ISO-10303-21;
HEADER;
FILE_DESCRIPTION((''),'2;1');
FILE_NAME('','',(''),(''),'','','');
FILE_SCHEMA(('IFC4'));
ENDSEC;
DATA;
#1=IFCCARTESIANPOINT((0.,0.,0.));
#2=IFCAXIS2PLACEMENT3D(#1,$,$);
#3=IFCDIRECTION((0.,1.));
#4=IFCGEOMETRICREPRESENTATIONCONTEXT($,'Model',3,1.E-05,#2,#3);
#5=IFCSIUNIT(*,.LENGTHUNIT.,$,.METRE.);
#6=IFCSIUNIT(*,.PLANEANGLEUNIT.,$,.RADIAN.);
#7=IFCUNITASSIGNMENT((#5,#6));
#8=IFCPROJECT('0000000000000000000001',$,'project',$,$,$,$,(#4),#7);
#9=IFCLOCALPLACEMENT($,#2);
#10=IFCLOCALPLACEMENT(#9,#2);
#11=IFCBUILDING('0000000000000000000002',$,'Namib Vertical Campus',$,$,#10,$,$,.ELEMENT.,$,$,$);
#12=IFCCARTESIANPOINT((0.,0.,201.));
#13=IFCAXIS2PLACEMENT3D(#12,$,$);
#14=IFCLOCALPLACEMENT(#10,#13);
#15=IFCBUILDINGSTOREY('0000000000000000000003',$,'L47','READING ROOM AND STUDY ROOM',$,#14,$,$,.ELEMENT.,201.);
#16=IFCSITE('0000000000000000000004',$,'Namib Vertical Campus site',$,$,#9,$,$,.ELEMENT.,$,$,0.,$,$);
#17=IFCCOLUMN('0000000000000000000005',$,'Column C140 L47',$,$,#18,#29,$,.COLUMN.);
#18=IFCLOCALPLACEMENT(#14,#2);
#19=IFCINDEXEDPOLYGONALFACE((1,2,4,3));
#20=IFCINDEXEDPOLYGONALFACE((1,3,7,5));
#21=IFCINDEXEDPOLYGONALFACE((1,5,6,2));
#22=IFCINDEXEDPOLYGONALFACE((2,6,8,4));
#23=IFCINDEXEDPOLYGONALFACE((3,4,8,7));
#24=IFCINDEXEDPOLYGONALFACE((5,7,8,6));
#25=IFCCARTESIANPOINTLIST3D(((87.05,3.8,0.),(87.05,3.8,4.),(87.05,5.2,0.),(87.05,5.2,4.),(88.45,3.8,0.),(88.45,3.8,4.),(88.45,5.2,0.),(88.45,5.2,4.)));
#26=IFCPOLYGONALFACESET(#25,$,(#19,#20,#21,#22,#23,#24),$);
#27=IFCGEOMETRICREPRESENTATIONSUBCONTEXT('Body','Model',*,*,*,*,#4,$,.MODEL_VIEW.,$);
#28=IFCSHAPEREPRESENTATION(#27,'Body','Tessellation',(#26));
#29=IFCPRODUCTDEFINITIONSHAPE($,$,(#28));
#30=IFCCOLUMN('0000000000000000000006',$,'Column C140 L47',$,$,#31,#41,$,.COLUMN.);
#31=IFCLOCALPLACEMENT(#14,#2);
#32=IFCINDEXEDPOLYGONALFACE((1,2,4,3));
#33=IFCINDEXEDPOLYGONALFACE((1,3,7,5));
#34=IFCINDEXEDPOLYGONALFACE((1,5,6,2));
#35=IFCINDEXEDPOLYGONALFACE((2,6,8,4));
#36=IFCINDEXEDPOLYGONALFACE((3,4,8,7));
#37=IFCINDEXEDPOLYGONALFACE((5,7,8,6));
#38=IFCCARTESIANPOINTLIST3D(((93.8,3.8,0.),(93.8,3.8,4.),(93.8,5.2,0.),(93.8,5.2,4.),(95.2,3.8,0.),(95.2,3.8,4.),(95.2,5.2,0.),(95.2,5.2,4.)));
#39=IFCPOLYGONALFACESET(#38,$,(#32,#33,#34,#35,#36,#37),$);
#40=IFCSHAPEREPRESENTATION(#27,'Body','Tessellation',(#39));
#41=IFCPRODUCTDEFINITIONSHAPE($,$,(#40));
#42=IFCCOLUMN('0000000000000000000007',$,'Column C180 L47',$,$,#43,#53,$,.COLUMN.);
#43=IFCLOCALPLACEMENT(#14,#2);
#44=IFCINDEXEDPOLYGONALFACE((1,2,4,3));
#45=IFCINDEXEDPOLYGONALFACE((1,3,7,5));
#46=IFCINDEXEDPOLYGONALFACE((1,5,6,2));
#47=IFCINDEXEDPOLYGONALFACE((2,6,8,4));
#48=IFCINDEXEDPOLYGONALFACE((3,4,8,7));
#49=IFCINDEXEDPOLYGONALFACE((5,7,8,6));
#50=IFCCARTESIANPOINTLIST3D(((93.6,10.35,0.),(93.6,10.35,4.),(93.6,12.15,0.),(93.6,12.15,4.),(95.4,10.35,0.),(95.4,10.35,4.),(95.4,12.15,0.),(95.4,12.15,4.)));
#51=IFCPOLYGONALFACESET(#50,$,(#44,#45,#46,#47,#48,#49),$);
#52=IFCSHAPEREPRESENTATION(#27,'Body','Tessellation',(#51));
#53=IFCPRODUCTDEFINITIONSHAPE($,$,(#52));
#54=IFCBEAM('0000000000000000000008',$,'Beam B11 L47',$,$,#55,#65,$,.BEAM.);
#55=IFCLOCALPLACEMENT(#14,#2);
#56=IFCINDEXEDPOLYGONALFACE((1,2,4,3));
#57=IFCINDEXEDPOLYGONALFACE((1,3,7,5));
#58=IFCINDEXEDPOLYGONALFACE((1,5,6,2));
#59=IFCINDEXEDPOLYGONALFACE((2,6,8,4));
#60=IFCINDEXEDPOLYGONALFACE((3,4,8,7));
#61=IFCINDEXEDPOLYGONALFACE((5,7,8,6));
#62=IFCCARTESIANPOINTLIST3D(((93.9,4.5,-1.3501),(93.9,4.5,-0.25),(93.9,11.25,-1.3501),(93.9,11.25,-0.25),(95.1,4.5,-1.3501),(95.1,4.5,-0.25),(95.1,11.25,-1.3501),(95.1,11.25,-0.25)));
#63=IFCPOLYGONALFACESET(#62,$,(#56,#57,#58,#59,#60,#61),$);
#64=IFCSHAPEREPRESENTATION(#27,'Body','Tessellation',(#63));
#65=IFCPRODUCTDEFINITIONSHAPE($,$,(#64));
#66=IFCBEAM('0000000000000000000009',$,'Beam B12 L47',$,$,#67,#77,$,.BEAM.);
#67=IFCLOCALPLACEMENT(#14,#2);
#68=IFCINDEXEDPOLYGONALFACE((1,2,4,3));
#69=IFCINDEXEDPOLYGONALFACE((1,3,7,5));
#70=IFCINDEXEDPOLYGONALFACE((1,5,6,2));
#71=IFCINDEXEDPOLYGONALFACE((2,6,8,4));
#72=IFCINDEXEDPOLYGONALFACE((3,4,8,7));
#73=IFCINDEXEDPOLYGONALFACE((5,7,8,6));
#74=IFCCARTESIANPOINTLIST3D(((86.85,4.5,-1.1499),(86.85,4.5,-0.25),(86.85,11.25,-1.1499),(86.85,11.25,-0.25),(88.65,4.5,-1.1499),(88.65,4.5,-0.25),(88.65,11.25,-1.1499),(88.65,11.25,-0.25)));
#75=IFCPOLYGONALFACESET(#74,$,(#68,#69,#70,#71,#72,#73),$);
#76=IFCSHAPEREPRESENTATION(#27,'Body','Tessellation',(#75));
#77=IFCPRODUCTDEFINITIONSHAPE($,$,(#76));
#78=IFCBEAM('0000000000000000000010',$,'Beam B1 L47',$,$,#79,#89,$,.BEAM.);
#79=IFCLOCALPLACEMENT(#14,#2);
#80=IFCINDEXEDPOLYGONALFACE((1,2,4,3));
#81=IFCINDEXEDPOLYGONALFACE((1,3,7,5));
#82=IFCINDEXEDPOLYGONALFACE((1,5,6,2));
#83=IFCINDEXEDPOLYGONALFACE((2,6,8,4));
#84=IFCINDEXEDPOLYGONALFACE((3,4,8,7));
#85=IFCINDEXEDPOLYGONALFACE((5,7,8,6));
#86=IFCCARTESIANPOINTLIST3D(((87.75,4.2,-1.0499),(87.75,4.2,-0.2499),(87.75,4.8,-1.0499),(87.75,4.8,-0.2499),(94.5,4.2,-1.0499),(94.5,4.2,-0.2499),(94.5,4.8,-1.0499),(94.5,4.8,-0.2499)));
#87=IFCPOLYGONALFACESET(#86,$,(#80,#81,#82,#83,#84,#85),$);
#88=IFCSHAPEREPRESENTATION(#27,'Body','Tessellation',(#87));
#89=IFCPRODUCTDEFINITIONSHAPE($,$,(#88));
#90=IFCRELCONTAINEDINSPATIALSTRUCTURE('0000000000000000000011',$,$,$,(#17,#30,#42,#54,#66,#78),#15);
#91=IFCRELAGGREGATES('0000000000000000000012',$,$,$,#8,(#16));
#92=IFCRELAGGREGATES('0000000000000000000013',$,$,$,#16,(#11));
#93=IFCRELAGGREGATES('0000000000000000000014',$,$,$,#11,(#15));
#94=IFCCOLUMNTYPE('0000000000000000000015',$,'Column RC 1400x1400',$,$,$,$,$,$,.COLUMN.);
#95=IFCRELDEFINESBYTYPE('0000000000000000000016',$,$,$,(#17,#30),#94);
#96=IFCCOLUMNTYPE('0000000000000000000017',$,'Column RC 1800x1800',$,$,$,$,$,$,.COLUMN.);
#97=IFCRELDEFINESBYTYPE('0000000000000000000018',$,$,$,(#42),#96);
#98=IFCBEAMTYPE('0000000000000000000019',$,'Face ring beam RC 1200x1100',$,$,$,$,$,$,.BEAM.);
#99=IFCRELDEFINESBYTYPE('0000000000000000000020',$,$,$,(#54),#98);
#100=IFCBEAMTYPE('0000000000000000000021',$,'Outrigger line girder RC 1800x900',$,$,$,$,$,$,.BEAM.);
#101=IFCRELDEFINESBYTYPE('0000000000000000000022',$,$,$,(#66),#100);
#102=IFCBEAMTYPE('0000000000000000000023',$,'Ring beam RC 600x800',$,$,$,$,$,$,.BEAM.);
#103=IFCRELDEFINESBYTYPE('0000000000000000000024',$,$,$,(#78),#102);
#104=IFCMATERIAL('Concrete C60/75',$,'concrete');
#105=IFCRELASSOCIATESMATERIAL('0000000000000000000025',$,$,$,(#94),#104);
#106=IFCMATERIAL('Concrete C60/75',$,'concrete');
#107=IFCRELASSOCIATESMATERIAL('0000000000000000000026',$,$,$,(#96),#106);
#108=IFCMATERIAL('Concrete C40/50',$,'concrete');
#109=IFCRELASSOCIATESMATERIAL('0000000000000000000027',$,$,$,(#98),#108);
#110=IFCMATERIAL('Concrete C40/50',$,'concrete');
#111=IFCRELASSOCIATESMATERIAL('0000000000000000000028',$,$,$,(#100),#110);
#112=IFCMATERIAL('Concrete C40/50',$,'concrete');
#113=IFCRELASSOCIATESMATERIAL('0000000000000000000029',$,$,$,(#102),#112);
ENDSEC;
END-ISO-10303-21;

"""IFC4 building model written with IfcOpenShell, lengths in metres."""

from ifc_helpers import new_model, si_unit, direction, frame, origin, origin_2d, place, context, subcontext, project, spatial, rectangle, extrude, material, material_profile, profile_set, type_object, element, save


model = new_model("IFC4")

# Units and contexts
model_context = context("Model", 3, precision=1e-05, world=origin(), true_north=direction((0.0, 1.0)))
body_context = subcontext(model_context, "Body", "Model", "MODEL_VIEW")
ifc_project = project(units=[si_unit("LENGTHUNIT", "METRE"), si_unit("PLANEANGLEUNIT", "RADIAN")], contexts=[model_context])

# Site, building, storey
site_placement = place(None, origin())
site = spatial("IfcSite", under=ifc_project, at=site_placement, Name="Namib Vertical Campus site", CompositionType="ELEMENT", RefElevation=0.0)
building_placement = place(site_placement, origin())
building = spatial("IfcBuilding", under=site, at=building_placement, Name="Namib Vertical Campus", CompositionType="ELEMENT")
storey_placement = place(building_placement, frame((0.0, 0.0, 201.0)))
storey = spatial("IfcBuildingStorey", under=building, at=storey_placement, Name="L47", Description="READING ROOM AND STUDY ROOM", CompositionType="ELEMENT", Elevation=201.0)

# Columns
ifc_material_1 = material(Name="Concrete C60/75", Category="concrete")
ifc_material_profile_1 = material_profile(ifc_material_1, rectangle(XDim=1.3999, YDim=1.3999, at=origin_2d()))
ifc_profile_set_1 = profile_set([ifc_material_profile_1], Name="Concrete C60/75")
column_type_1 = type_object("IfcColumnType", Name="Column RC 1400x1400", PredefinedType="COLUMN", material=ifc_profile_set_1)
for number, where, z_axis, x_axis, name in (
    (1, (87.75, 4.5, 0.0), (0.0, 0.0, 1.0), (1.0, 0.0, 0.0), "Column C140 L47"),
    (2, (94.5, 4.5, 0.0), (0.0, 0.0, 1.0), (1.0, 0.0, 0.0), "Column C140 L47"),
):
    element("IfcColumn", number, at=place(storey_placement, frame(where, z_axis=z_axis, x_axis=x_axis)), inside=storey, type_object=column_type_1, Name=name, PredefinedType="COLUMN", context=body_context, shape_type="SweptSolid", body=[
        extrude(rectangle(XDim=1.3999, YDim=1.3999, at=origin_2d()), origin(), (0.0, 0.0, 1.0), 4.0),
    ])
ifc_material_2 = material(Name="Concrete C60/75", Category="concrete")
ifc_material_profile_2 = material_profile(ifc_material_2, rectangle(XDim=1.8, YDim=1.8, at=origin_2d()))
ifc_profile_set_2 = profile_set([ifc_material_profile_2], Name="Concrete C60/75")
column_type_2 = type_object("IfcColumnType", Name="Column RC 1800x1800", PredefinedType="COLUMN", material=ifc_profile_set_2)
column_placement = place(storey_placement, frame((94.5, 11.25, 0.0), z_axis=(0.0, 0.0, 1.0), x_axis=(1.0, 0.0, 0.0)))
element("IfcColumn", 3, at=column_placement, inside=storey, type_object=column_type_2, Name="Column C180 L47", PredefinedType="COLUMN", context=body_context, shape_type="SweptSolid", body=[
    extrude(rectangle(XDim=1.8, YDim=1.8, at=origin_2d()), origin(), (0.0, 0.0, 1.0), 4.0),
])

# Beams
ifc_material_3 = material(Name="Concrete C40/50", Category="concrete")
ifc_material_profile_3 = material_profile(ifc_material_3, rectangle(XDim=1.2, YDim=1.1001, at=origin_2d()))
ifc_profile_set_3 = profile_set([ifc_material_profile_3], Name="Concrete C40/50")
beam_type_1 = type_object("IfcBeamType", Name="Face ring beam RC 1200x1100", PredefinedType="BEAM", material=ifc_profile_set_3)
beam_1_placement = place(storey_placement, frame((94.5, 4.5, -0.8), z_axis=(0.0, 1.0, 0.0), x_axis=(-1.0, 0.0, 0.0)))
element("IfcBeam", 4, at=beam_1_placement, inside=storey, type_object=beam_type_1, Name="Beam B11 L47", PredefinedType="BEAM", context=body_context, shape_type="SweptSolid", body=[
    extrude(rectangle(XDim=1.2, YDim=1.1001, at=origin_2d()), origin(), (0.0, 0.0, 1.0), 6.75),
])
ifc_material_4 = material(Name="Concrete C40/50", Category="concrete")
ifc_material_profile_4 = material_profile(ifc_material_4, rectangle(XDim=1.8, YDim=0.8999, at=origin_2d()))
ifc_profile_set_4 = profile_set([ifc_material_profile_4], Name="Concrete C40/50")
beam_type_2 = type_object("IfcBeamType", Name="Outrigger line girder RC 1800x900", PredefinedType="BEAM", material=ifc_profile_set_4)
beam_2_placement = place(storey_placement, frame((87.75, 4.5, -0.7), z_axis=(0.0, 1.0, 0.0), x_axis=(-1.0, 0.0, 0.0)))
element("IfcBeam", 5, at=beam_2_placement, inside=storey, type_object=beam_type_2, Name="Beam B12 L47", PredefinedType="BEAM", context=body_context, shape_type="SweptSolid", body=[
    extrude(rectangle(XDim=1.8, YDim=0.8999, at=origin_2d()), origin(), (0.0, 0.0, 1.0), 6.75),
])
ifc_material_5 = material(Name="Concrete C40/50", Category="concrete")
ifc_material_profile_5 = material_profile(ifc_material_5, rectangle(XDim=0.6001, YDim=0.8, at=origin_2d()))
ifc_profile_set_5 = profile_set([ifc_material_profile_5], Name="Concrete C40/50")
beam_type_3 = type_object("IfcBeamType", Name="Ring beam RC 600x800", PredefinedType="BEAM", material=ifc_profile_set_5)
beam_3_placement = place(storey_placement, frame((87.75, 4.5, -0.6499), z_axis=(1.0, 0.0, 0.0), x_axis=(0.0, 1.0, 0.0)))
element("IfcBeam", 6, at=beam_3_placement, inside=storey, type_object=beam_type_3, Name="Beam B1 L47", PredefinedType="BEAM", context=body_context, shape_type="SweptSolid", body=[
    extrude(rectangle(XDim=0.6001, YDim=0.8, at=origin_2d()), origin(), (0.0, 0.0, 1.0), 6.75),
])

save(model, "model.ifc")
